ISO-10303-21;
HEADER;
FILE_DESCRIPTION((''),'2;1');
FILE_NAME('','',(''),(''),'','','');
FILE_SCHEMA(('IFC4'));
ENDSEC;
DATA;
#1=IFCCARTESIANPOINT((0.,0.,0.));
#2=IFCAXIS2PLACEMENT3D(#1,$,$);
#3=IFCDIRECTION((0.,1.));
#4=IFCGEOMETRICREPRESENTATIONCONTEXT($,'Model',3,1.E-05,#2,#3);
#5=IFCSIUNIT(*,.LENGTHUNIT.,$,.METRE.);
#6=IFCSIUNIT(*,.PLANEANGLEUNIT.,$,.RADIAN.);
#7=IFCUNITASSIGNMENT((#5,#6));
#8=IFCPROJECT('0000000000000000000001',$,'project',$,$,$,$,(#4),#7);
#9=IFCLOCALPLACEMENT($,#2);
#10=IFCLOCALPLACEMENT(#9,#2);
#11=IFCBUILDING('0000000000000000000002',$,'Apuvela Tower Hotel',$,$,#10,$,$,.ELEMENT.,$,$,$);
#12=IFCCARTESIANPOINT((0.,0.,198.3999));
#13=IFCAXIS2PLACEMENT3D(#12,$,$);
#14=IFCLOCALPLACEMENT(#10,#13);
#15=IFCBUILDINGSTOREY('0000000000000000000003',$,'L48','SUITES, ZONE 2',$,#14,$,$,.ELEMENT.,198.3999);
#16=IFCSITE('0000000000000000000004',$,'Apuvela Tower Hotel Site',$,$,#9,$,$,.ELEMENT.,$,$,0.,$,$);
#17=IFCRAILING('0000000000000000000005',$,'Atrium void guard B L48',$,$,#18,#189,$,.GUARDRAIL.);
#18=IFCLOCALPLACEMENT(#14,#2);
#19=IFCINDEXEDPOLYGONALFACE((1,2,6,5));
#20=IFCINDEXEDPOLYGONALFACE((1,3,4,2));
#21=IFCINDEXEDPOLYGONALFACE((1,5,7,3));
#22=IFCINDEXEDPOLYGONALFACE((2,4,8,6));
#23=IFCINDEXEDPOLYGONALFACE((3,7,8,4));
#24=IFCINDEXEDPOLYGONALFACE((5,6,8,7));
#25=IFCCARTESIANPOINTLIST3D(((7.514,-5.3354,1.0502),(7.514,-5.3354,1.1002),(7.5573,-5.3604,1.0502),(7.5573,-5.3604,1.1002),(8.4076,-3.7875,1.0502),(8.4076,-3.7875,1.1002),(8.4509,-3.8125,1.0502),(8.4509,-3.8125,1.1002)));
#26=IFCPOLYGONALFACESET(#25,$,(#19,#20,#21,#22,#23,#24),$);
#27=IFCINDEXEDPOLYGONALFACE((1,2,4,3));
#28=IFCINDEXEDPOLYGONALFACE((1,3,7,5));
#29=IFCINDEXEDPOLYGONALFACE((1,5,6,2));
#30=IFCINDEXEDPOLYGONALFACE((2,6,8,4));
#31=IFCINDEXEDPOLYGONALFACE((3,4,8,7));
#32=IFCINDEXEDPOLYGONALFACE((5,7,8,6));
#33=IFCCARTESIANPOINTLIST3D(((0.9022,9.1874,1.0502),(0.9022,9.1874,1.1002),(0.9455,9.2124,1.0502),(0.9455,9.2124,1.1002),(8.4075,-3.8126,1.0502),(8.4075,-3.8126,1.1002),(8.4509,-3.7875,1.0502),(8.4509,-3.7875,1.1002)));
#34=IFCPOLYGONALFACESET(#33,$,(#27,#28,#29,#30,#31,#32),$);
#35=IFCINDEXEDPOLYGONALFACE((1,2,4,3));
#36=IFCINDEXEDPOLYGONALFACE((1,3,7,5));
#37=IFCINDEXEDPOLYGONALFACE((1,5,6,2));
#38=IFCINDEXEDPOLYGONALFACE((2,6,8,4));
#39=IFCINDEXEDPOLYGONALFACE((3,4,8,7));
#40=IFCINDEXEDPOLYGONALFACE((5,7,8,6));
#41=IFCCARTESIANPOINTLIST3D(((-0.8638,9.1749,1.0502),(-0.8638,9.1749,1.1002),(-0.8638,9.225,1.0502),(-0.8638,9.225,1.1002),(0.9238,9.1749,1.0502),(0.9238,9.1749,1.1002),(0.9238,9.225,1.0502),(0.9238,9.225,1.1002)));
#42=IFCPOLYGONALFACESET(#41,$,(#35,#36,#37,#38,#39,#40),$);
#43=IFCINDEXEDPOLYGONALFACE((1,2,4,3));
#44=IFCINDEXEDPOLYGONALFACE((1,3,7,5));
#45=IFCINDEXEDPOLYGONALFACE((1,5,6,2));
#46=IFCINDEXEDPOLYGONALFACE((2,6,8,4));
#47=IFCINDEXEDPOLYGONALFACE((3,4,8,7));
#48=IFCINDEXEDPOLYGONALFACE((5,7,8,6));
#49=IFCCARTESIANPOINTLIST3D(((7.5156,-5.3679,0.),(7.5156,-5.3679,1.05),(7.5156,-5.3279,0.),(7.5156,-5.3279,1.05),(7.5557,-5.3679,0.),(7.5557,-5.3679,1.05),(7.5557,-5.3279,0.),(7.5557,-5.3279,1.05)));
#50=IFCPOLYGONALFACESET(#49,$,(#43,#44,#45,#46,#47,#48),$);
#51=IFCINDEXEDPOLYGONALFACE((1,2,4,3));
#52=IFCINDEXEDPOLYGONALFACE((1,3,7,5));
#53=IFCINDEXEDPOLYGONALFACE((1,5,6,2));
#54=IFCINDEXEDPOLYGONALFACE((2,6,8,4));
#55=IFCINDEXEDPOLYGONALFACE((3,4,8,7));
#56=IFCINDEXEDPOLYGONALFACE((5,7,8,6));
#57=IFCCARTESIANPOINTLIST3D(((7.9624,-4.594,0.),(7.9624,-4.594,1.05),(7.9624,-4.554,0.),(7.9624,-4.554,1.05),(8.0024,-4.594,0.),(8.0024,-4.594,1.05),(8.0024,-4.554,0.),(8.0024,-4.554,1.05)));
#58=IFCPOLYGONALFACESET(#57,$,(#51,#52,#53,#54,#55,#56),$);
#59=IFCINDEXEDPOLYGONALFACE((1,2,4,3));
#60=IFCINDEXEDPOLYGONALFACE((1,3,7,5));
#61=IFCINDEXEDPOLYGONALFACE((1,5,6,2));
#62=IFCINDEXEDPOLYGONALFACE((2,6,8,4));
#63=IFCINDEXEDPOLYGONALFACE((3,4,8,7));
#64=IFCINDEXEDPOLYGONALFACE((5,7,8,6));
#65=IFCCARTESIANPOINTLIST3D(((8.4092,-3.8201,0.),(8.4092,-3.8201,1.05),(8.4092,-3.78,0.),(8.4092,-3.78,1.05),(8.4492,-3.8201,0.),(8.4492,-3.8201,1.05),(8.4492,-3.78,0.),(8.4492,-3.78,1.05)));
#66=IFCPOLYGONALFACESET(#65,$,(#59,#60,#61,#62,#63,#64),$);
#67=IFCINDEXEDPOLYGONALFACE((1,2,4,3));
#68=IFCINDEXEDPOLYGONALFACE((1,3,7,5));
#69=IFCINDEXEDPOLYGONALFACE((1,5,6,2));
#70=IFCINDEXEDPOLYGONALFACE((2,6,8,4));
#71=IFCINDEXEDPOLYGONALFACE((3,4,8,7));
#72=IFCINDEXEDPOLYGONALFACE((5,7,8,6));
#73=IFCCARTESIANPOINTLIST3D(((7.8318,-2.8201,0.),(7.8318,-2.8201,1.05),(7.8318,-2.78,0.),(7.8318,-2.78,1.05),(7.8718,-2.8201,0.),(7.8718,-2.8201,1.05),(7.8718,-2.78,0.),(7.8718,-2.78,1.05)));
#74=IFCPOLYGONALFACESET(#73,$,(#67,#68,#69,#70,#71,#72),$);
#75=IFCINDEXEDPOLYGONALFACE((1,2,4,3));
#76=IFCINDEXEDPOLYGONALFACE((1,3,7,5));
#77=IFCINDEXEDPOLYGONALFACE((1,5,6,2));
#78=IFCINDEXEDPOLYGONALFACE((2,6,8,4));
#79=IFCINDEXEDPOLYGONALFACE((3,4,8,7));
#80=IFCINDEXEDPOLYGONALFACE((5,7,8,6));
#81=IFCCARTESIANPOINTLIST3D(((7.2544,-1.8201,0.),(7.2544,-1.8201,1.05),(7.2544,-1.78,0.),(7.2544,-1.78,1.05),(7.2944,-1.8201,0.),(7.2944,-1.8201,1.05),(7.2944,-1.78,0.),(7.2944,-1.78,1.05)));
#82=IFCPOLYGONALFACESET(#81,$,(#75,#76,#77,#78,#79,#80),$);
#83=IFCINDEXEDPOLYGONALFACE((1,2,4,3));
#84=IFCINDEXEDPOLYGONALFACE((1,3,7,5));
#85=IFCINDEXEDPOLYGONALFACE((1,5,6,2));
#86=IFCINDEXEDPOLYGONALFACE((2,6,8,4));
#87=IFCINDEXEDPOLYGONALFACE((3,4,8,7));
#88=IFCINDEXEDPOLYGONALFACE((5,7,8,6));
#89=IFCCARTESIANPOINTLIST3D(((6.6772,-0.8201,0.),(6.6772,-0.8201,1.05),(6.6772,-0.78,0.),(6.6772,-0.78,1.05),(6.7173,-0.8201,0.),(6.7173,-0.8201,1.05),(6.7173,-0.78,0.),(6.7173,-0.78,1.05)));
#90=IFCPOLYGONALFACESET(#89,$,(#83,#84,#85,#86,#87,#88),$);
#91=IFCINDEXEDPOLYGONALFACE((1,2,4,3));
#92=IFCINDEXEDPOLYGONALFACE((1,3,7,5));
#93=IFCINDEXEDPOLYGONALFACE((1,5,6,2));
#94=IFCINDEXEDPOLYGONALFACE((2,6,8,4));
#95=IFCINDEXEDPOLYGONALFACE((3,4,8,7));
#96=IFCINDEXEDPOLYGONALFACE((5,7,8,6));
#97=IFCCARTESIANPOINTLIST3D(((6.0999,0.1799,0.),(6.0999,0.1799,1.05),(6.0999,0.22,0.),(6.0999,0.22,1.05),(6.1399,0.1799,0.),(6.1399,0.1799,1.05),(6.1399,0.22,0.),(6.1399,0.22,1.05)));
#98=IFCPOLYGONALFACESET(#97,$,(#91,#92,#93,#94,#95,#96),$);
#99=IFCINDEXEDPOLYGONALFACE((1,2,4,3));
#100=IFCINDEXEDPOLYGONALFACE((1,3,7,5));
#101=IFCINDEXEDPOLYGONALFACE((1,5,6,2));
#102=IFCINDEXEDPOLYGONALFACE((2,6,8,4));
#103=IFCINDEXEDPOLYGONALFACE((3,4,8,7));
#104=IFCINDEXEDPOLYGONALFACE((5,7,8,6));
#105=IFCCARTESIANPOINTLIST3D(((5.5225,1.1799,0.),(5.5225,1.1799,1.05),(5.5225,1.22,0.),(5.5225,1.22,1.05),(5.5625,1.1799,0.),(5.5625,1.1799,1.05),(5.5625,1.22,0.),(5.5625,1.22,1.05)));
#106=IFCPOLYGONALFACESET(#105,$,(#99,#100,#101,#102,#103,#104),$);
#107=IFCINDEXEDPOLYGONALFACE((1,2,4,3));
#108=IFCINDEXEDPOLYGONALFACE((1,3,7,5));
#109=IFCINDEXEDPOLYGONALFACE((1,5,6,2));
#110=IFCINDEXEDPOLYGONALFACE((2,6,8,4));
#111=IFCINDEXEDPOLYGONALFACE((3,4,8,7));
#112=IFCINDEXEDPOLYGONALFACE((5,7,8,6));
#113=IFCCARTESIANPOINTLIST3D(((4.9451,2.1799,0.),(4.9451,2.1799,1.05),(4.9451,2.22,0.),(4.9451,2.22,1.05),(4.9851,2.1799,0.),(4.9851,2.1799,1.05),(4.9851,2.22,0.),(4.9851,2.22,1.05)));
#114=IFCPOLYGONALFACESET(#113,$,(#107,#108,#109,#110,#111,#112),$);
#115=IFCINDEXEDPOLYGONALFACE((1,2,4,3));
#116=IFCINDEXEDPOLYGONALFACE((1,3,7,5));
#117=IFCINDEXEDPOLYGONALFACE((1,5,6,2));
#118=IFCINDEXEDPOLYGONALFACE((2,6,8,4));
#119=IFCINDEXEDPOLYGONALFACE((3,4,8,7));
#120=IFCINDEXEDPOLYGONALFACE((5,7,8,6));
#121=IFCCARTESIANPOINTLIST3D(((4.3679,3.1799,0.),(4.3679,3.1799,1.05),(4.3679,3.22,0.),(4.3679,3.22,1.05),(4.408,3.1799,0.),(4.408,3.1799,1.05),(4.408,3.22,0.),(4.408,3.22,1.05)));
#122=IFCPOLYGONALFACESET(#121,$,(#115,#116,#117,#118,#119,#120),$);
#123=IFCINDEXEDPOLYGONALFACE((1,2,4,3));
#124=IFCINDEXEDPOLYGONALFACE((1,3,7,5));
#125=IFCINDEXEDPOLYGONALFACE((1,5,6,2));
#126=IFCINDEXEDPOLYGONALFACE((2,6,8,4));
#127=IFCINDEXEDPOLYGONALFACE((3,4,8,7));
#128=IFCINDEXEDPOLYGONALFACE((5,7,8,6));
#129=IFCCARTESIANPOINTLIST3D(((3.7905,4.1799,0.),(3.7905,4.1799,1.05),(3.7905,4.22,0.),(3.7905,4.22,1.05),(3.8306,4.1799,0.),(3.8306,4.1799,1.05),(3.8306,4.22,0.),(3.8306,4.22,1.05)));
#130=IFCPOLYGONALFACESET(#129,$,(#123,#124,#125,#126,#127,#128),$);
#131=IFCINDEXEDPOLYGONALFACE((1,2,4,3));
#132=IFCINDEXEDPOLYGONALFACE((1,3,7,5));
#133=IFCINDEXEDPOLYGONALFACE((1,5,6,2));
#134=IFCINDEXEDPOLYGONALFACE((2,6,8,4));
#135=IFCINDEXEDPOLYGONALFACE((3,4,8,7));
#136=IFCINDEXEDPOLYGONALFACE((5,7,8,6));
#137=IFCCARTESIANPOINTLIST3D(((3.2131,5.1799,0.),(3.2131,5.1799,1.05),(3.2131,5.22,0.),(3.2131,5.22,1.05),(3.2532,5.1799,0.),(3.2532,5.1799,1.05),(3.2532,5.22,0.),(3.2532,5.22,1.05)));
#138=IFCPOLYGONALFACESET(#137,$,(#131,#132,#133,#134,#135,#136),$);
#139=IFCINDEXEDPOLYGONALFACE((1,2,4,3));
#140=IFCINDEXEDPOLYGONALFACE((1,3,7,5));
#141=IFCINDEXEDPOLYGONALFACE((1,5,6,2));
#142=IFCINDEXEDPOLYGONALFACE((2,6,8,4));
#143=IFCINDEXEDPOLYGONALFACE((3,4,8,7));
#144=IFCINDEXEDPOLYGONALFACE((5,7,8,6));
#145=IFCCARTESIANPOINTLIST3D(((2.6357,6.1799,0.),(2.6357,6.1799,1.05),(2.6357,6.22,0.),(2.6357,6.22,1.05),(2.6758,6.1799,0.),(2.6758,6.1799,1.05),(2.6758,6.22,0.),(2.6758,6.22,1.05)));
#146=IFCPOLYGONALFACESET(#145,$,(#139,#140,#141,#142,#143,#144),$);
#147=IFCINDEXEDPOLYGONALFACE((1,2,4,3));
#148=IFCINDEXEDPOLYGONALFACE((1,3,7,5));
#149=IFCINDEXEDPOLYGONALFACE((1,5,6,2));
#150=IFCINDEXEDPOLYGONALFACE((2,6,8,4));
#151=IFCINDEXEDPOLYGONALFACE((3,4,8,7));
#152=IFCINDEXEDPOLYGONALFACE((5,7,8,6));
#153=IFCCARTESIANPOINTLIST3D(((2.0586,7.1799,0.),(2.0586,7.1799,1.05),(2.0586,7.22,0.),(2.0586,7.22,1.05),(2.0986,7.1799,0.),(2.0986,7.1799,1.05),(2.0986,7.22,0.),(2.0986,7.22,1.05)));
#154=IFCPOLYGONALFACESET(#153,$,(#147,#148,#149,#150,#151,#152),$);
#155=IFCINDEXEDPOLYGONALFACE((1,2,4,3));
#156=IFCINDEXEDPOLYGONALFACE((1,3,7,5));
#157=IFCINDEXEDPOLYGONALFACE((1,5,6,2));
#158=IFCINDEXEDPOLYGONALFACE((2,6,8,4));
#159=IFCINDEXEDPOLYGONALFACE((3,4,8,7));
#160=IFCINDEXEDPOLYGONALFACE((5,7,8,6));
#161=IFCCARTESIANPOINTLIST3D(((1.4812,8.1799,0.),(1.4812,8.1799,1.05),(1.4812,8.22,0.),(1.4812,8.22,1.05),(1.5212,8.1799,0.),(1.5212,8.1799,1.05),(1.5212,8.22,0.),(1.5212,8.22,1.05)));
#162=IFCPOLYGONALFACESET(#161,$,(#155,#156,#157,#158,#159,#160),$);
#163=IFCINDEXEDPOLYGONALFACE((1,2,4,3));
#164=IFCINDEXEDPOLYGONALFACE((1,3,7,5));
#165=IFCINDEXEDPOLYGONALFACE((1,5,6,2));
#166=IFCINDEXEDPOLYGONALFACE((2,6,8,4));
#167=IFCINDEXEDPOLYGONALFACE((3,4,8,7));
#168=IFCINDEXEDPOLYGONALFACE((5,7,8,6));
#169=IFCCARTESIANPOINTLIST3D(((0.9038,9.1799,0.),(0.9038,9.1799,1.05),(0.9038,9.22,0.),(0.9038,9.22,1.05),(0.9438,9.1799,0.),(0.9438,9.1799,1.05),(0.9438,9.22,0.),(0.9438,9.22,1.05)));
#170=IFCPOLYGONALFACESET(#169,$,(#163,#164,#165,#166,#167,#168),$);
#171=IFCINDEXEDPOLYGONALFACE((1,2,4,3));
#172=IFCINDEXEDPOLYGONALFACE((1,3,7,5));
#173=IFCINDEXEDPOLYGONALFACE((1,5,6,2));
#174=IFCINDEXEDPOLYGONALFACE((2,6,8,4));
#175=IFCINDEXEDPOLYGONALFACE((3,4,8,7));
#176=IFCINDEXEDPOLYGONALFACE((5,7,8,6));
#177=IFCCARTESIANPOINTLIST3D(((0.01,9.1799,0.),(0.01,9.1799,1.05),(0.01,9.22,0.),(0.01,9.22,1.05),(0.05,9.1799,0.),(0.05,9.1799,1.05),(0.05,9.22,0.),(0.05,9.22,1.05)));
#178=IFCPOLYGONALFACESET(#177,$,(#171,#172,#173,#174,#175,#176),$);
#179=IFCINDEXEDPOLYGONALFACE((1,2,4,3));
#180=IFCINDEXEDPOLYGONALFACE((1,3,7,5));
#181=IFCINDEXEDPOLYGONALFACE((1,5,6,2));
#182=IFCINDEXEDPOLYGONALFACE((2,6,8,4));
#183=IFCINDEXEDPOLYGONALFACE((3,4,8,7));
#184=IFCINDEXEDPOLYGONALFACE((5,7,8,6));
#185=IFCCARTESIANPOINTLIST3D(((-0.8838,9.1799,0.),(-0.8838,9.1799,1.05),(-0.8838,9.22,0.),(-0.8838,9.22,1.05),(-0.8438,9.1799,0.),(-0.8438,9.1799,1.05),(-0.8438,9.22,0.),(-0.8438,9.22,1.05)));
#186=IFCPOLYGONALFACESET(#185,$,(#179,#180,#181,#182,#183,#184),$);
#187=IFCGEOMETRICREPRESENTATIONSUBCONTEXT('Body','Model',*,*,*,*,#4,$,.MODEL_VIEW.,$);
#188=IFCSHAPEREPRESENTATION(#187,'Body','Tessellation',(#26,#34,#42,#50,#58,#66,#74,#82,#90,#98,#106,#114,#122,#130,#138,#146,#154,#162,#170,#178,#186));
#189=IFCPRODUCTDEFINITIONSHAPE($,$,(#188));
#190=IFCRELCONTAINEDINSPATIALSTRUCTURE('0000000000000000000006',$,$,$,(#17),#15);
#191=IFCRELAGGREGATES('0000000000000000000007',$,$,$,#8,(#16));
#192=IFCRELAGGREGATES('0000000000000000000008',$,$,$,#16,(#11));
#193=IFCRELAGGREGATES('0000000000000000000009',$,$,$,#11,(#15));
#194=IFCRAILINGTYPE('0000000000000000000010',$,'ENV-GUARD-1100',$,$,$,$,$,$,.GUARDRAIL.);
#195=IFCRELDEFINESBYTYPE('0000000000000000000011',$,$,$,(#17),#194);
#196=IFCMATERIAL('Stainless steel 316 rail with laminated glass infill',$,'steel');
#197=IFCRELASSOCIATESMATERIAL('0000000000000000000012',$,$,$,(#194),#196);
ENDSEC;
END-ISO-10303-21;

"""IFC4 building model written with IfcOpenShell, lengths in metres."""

from ifc_helpers import new_model, si_unit, direction, frame, origin, origin_2d, place, context, subcontext, project, spatial, rectangle, extrude, material, type_object, element, save


model = new_model("IFC4")

# Units and contexts
model_context = context("Model", 3, precision=1e-05, world=origin(), true_north=direction((0.0, 1.0)))
body_context = subcontext(model_context, "Body", "Model", "MODEL_VIEW")
ifc_project = project(units=[si_unit("LENGTHUNIT", "METRE"), si_unit("PLANEANGLEUNIT", "RADIAN")], contexts=[model_context])

# Site, building, storey
site_placement = place(None, origin())
site = spatial("IfcSite", under=ifc_project, at=site_placement, Name="Apuvela Tower Hotel Site", CompositionType="ELEMENT", RefElevation=0.0)
building_placement = place(site_placement, origin())
building = spatial("IfcBuilding", under=site, at=building_placement, Name="Apuvela Tower Hotel", CompositionType="ELEMENT")
storey_placement = place(building_placement, frame((0.0, 0.0, 198.3999)))
storey = spatial("IfcBuildingStorey", under=building, at=storey_placement, Name="L48", Description="SUITES, ZONE 2", CompositionType="ELEMENT", Elevation=198.3999)

# Railing
ifc_material_1 = material(Name="Stainless steel 316 rail with laminated glass infill", Category="steel")
railing_type_1 = type_object("IfcRailingType", Name="ENV-GUARD-1100", PredefinedType="GUARDRAIL", material=ifc_material_1)
railing_1_placement = place(storey_placement, frame((7.5356, -5.3479, 0.0)))
element("IfcRailing", 1, at=railing_1_placement, inside=storey, type_object=railing_type_1, Name="Atrium void guard B L48", PredefinedType="GUARDRAIL", context=body_context, shape_type="SweptSolid", body=[
    extrude(rectangle(XDim=0.05, YDim=0.05, at=origin_2d()), frame((0.0, 0.0, 1.0752), z_axis=(0.499959, 0.866049, 0.0), x_axis=(-0.866049, 0.499959, 0.0)), (0.0, 0.0, 1.0), 1.7874),
    extrude(rectangle(XDim=0.05, YDim=0.05, at=origin_2d()), frame((0.8936, 1.5479, 1.0752), z_axis=(-0.499991, 0.866031, 0.0), x_axis=(-0.866031, -0.499991, 0.0)), (0.0, 0.0, 1.0), 15.011),
    extrude(rectangle(XDim=0.05, YDim=0.05, at=origin_2d()), frame((-6.6118, 14.5479, 1.0752), z_axis=(-1.0, 0.0, 0.0), x_axis=(0.0, -1.0, 0.0)), (0.0, 0.0, 1.0), 1.7876),
    extrude(rectangle(XDim=0.04, YDim=0.04, at=origin_2d()), origin(), (0.0, 0.0, 1.0), 1.05),
    extrude(rectangle(XDim=0.04, YDim=0.04, at=origin_2d()), frame((0.4468, 0.7739, 0.0)), (0.0, 0.0, 1.0), 1.05),
    extrude(rectangle(XDim=0.04, YDim=0.04, at=origin_2d()), frame((0.8936, 1.5479, 0.0)), (0.0, 0.0, 1.0), 1.05),
    extrude(rectangle(XDim=0.04, YDim=0.04, at=origin_2d()), frame((0.3162, 2.5479, 0.0)), (0.0, 0.0, 1.0), 1.05),
    extrude(rectangle(XDim=0.04, YDim=0.04, at=origin_2d()), frame((-0.2612, 3.5479, 0.0)), (0.0, 0.0, 1.0), 1.05),
    extrude(rectangle(XDim=0.04, YDim=0.04, at=origin_2d()), frame((-0.8384, 4.5479, 0.0)), (0.0, 0.0, 1.0), 1.05),
    extrude(rectangle(XDim=0.04, YDim=0.04, at=origin_2d()), frame((-1.4158, 5.5479, 0.0)), (0.0, 0.0, 1.0), 1.05),
    extrude(rectangle(XDim=0.04, YDim=0.04, at=origin_2d()), frame((-1.9932, 6.5479, 0.0)), (0.0, 0.0, 1.0), 1.05),
    extrude(rectangle(XDim=0.04, YDim=0.04, at=origin_2d()), frame((-2.5706, 7.5479, 0.0)), (0.0, 0.0, 1.0), 1.05),
    extrude(rectangle(XDim=0.04, YDim=0.04, at=origin_2d()), frame((-3.1477, 8.5479, 0.0)), (0.0, 0.0, 1.0), 1.05),
    extrude(rectangle(XDim=0.04, YDim=0.04, at=origin_2d()), frame((-3.7251, 9.5479, 0.0)), (0.0, 0.0, 1.0), 1.05),
    extrude(rectangle(XDim=0.04, YDim=0.04, at=origin_2d()), frame((-4.3025, 10.5479, 0.0)), (0.0, 0.0, 1.0), 1.05),
    extrude(rectangle(XDim=0.04, YDim=0.04, at=origin_2d()), frame((-4.8799, 11.5479, 0.0)), (0.0, 0.0, 1.0), 1.05),
    extrude(rectangle(XDim=0.04, YDim=0.04, at=origin_2d()), frame((-5.457, 12.5479, 0.0)), (0.0, 0.0, 1.0), 1.05),
    extrude(rectangle(XDim=0.04, YDim=0.04, at=origin_2d()), frame((-6.0344, 13.5479, 0.0)), (0.0, 0.0, 1.0), 1.05),
    extrude(rectangle(XDim=0.04, YDim=0.04, at=origin_2d()), frame((-6.6118, 14.5479, 0.0)), (0.0, 0.0, 1.0), 1.05),
    extrude(rectangle(XDim=0.04, YDim=0.04, at=origin_2d()), frame((-7.5056, 14.5479, 0.0)), (0.0, 0.0, 1.0), 1.05),
    extrude(rectangle(XDim=0.04, YDim=0.04, at=origin_2d()), frame((-8.3994, 14.5479, 0.0)), (0.0, 0.0, 1.0), 1.05),
])

save(model, "model.ifc")
